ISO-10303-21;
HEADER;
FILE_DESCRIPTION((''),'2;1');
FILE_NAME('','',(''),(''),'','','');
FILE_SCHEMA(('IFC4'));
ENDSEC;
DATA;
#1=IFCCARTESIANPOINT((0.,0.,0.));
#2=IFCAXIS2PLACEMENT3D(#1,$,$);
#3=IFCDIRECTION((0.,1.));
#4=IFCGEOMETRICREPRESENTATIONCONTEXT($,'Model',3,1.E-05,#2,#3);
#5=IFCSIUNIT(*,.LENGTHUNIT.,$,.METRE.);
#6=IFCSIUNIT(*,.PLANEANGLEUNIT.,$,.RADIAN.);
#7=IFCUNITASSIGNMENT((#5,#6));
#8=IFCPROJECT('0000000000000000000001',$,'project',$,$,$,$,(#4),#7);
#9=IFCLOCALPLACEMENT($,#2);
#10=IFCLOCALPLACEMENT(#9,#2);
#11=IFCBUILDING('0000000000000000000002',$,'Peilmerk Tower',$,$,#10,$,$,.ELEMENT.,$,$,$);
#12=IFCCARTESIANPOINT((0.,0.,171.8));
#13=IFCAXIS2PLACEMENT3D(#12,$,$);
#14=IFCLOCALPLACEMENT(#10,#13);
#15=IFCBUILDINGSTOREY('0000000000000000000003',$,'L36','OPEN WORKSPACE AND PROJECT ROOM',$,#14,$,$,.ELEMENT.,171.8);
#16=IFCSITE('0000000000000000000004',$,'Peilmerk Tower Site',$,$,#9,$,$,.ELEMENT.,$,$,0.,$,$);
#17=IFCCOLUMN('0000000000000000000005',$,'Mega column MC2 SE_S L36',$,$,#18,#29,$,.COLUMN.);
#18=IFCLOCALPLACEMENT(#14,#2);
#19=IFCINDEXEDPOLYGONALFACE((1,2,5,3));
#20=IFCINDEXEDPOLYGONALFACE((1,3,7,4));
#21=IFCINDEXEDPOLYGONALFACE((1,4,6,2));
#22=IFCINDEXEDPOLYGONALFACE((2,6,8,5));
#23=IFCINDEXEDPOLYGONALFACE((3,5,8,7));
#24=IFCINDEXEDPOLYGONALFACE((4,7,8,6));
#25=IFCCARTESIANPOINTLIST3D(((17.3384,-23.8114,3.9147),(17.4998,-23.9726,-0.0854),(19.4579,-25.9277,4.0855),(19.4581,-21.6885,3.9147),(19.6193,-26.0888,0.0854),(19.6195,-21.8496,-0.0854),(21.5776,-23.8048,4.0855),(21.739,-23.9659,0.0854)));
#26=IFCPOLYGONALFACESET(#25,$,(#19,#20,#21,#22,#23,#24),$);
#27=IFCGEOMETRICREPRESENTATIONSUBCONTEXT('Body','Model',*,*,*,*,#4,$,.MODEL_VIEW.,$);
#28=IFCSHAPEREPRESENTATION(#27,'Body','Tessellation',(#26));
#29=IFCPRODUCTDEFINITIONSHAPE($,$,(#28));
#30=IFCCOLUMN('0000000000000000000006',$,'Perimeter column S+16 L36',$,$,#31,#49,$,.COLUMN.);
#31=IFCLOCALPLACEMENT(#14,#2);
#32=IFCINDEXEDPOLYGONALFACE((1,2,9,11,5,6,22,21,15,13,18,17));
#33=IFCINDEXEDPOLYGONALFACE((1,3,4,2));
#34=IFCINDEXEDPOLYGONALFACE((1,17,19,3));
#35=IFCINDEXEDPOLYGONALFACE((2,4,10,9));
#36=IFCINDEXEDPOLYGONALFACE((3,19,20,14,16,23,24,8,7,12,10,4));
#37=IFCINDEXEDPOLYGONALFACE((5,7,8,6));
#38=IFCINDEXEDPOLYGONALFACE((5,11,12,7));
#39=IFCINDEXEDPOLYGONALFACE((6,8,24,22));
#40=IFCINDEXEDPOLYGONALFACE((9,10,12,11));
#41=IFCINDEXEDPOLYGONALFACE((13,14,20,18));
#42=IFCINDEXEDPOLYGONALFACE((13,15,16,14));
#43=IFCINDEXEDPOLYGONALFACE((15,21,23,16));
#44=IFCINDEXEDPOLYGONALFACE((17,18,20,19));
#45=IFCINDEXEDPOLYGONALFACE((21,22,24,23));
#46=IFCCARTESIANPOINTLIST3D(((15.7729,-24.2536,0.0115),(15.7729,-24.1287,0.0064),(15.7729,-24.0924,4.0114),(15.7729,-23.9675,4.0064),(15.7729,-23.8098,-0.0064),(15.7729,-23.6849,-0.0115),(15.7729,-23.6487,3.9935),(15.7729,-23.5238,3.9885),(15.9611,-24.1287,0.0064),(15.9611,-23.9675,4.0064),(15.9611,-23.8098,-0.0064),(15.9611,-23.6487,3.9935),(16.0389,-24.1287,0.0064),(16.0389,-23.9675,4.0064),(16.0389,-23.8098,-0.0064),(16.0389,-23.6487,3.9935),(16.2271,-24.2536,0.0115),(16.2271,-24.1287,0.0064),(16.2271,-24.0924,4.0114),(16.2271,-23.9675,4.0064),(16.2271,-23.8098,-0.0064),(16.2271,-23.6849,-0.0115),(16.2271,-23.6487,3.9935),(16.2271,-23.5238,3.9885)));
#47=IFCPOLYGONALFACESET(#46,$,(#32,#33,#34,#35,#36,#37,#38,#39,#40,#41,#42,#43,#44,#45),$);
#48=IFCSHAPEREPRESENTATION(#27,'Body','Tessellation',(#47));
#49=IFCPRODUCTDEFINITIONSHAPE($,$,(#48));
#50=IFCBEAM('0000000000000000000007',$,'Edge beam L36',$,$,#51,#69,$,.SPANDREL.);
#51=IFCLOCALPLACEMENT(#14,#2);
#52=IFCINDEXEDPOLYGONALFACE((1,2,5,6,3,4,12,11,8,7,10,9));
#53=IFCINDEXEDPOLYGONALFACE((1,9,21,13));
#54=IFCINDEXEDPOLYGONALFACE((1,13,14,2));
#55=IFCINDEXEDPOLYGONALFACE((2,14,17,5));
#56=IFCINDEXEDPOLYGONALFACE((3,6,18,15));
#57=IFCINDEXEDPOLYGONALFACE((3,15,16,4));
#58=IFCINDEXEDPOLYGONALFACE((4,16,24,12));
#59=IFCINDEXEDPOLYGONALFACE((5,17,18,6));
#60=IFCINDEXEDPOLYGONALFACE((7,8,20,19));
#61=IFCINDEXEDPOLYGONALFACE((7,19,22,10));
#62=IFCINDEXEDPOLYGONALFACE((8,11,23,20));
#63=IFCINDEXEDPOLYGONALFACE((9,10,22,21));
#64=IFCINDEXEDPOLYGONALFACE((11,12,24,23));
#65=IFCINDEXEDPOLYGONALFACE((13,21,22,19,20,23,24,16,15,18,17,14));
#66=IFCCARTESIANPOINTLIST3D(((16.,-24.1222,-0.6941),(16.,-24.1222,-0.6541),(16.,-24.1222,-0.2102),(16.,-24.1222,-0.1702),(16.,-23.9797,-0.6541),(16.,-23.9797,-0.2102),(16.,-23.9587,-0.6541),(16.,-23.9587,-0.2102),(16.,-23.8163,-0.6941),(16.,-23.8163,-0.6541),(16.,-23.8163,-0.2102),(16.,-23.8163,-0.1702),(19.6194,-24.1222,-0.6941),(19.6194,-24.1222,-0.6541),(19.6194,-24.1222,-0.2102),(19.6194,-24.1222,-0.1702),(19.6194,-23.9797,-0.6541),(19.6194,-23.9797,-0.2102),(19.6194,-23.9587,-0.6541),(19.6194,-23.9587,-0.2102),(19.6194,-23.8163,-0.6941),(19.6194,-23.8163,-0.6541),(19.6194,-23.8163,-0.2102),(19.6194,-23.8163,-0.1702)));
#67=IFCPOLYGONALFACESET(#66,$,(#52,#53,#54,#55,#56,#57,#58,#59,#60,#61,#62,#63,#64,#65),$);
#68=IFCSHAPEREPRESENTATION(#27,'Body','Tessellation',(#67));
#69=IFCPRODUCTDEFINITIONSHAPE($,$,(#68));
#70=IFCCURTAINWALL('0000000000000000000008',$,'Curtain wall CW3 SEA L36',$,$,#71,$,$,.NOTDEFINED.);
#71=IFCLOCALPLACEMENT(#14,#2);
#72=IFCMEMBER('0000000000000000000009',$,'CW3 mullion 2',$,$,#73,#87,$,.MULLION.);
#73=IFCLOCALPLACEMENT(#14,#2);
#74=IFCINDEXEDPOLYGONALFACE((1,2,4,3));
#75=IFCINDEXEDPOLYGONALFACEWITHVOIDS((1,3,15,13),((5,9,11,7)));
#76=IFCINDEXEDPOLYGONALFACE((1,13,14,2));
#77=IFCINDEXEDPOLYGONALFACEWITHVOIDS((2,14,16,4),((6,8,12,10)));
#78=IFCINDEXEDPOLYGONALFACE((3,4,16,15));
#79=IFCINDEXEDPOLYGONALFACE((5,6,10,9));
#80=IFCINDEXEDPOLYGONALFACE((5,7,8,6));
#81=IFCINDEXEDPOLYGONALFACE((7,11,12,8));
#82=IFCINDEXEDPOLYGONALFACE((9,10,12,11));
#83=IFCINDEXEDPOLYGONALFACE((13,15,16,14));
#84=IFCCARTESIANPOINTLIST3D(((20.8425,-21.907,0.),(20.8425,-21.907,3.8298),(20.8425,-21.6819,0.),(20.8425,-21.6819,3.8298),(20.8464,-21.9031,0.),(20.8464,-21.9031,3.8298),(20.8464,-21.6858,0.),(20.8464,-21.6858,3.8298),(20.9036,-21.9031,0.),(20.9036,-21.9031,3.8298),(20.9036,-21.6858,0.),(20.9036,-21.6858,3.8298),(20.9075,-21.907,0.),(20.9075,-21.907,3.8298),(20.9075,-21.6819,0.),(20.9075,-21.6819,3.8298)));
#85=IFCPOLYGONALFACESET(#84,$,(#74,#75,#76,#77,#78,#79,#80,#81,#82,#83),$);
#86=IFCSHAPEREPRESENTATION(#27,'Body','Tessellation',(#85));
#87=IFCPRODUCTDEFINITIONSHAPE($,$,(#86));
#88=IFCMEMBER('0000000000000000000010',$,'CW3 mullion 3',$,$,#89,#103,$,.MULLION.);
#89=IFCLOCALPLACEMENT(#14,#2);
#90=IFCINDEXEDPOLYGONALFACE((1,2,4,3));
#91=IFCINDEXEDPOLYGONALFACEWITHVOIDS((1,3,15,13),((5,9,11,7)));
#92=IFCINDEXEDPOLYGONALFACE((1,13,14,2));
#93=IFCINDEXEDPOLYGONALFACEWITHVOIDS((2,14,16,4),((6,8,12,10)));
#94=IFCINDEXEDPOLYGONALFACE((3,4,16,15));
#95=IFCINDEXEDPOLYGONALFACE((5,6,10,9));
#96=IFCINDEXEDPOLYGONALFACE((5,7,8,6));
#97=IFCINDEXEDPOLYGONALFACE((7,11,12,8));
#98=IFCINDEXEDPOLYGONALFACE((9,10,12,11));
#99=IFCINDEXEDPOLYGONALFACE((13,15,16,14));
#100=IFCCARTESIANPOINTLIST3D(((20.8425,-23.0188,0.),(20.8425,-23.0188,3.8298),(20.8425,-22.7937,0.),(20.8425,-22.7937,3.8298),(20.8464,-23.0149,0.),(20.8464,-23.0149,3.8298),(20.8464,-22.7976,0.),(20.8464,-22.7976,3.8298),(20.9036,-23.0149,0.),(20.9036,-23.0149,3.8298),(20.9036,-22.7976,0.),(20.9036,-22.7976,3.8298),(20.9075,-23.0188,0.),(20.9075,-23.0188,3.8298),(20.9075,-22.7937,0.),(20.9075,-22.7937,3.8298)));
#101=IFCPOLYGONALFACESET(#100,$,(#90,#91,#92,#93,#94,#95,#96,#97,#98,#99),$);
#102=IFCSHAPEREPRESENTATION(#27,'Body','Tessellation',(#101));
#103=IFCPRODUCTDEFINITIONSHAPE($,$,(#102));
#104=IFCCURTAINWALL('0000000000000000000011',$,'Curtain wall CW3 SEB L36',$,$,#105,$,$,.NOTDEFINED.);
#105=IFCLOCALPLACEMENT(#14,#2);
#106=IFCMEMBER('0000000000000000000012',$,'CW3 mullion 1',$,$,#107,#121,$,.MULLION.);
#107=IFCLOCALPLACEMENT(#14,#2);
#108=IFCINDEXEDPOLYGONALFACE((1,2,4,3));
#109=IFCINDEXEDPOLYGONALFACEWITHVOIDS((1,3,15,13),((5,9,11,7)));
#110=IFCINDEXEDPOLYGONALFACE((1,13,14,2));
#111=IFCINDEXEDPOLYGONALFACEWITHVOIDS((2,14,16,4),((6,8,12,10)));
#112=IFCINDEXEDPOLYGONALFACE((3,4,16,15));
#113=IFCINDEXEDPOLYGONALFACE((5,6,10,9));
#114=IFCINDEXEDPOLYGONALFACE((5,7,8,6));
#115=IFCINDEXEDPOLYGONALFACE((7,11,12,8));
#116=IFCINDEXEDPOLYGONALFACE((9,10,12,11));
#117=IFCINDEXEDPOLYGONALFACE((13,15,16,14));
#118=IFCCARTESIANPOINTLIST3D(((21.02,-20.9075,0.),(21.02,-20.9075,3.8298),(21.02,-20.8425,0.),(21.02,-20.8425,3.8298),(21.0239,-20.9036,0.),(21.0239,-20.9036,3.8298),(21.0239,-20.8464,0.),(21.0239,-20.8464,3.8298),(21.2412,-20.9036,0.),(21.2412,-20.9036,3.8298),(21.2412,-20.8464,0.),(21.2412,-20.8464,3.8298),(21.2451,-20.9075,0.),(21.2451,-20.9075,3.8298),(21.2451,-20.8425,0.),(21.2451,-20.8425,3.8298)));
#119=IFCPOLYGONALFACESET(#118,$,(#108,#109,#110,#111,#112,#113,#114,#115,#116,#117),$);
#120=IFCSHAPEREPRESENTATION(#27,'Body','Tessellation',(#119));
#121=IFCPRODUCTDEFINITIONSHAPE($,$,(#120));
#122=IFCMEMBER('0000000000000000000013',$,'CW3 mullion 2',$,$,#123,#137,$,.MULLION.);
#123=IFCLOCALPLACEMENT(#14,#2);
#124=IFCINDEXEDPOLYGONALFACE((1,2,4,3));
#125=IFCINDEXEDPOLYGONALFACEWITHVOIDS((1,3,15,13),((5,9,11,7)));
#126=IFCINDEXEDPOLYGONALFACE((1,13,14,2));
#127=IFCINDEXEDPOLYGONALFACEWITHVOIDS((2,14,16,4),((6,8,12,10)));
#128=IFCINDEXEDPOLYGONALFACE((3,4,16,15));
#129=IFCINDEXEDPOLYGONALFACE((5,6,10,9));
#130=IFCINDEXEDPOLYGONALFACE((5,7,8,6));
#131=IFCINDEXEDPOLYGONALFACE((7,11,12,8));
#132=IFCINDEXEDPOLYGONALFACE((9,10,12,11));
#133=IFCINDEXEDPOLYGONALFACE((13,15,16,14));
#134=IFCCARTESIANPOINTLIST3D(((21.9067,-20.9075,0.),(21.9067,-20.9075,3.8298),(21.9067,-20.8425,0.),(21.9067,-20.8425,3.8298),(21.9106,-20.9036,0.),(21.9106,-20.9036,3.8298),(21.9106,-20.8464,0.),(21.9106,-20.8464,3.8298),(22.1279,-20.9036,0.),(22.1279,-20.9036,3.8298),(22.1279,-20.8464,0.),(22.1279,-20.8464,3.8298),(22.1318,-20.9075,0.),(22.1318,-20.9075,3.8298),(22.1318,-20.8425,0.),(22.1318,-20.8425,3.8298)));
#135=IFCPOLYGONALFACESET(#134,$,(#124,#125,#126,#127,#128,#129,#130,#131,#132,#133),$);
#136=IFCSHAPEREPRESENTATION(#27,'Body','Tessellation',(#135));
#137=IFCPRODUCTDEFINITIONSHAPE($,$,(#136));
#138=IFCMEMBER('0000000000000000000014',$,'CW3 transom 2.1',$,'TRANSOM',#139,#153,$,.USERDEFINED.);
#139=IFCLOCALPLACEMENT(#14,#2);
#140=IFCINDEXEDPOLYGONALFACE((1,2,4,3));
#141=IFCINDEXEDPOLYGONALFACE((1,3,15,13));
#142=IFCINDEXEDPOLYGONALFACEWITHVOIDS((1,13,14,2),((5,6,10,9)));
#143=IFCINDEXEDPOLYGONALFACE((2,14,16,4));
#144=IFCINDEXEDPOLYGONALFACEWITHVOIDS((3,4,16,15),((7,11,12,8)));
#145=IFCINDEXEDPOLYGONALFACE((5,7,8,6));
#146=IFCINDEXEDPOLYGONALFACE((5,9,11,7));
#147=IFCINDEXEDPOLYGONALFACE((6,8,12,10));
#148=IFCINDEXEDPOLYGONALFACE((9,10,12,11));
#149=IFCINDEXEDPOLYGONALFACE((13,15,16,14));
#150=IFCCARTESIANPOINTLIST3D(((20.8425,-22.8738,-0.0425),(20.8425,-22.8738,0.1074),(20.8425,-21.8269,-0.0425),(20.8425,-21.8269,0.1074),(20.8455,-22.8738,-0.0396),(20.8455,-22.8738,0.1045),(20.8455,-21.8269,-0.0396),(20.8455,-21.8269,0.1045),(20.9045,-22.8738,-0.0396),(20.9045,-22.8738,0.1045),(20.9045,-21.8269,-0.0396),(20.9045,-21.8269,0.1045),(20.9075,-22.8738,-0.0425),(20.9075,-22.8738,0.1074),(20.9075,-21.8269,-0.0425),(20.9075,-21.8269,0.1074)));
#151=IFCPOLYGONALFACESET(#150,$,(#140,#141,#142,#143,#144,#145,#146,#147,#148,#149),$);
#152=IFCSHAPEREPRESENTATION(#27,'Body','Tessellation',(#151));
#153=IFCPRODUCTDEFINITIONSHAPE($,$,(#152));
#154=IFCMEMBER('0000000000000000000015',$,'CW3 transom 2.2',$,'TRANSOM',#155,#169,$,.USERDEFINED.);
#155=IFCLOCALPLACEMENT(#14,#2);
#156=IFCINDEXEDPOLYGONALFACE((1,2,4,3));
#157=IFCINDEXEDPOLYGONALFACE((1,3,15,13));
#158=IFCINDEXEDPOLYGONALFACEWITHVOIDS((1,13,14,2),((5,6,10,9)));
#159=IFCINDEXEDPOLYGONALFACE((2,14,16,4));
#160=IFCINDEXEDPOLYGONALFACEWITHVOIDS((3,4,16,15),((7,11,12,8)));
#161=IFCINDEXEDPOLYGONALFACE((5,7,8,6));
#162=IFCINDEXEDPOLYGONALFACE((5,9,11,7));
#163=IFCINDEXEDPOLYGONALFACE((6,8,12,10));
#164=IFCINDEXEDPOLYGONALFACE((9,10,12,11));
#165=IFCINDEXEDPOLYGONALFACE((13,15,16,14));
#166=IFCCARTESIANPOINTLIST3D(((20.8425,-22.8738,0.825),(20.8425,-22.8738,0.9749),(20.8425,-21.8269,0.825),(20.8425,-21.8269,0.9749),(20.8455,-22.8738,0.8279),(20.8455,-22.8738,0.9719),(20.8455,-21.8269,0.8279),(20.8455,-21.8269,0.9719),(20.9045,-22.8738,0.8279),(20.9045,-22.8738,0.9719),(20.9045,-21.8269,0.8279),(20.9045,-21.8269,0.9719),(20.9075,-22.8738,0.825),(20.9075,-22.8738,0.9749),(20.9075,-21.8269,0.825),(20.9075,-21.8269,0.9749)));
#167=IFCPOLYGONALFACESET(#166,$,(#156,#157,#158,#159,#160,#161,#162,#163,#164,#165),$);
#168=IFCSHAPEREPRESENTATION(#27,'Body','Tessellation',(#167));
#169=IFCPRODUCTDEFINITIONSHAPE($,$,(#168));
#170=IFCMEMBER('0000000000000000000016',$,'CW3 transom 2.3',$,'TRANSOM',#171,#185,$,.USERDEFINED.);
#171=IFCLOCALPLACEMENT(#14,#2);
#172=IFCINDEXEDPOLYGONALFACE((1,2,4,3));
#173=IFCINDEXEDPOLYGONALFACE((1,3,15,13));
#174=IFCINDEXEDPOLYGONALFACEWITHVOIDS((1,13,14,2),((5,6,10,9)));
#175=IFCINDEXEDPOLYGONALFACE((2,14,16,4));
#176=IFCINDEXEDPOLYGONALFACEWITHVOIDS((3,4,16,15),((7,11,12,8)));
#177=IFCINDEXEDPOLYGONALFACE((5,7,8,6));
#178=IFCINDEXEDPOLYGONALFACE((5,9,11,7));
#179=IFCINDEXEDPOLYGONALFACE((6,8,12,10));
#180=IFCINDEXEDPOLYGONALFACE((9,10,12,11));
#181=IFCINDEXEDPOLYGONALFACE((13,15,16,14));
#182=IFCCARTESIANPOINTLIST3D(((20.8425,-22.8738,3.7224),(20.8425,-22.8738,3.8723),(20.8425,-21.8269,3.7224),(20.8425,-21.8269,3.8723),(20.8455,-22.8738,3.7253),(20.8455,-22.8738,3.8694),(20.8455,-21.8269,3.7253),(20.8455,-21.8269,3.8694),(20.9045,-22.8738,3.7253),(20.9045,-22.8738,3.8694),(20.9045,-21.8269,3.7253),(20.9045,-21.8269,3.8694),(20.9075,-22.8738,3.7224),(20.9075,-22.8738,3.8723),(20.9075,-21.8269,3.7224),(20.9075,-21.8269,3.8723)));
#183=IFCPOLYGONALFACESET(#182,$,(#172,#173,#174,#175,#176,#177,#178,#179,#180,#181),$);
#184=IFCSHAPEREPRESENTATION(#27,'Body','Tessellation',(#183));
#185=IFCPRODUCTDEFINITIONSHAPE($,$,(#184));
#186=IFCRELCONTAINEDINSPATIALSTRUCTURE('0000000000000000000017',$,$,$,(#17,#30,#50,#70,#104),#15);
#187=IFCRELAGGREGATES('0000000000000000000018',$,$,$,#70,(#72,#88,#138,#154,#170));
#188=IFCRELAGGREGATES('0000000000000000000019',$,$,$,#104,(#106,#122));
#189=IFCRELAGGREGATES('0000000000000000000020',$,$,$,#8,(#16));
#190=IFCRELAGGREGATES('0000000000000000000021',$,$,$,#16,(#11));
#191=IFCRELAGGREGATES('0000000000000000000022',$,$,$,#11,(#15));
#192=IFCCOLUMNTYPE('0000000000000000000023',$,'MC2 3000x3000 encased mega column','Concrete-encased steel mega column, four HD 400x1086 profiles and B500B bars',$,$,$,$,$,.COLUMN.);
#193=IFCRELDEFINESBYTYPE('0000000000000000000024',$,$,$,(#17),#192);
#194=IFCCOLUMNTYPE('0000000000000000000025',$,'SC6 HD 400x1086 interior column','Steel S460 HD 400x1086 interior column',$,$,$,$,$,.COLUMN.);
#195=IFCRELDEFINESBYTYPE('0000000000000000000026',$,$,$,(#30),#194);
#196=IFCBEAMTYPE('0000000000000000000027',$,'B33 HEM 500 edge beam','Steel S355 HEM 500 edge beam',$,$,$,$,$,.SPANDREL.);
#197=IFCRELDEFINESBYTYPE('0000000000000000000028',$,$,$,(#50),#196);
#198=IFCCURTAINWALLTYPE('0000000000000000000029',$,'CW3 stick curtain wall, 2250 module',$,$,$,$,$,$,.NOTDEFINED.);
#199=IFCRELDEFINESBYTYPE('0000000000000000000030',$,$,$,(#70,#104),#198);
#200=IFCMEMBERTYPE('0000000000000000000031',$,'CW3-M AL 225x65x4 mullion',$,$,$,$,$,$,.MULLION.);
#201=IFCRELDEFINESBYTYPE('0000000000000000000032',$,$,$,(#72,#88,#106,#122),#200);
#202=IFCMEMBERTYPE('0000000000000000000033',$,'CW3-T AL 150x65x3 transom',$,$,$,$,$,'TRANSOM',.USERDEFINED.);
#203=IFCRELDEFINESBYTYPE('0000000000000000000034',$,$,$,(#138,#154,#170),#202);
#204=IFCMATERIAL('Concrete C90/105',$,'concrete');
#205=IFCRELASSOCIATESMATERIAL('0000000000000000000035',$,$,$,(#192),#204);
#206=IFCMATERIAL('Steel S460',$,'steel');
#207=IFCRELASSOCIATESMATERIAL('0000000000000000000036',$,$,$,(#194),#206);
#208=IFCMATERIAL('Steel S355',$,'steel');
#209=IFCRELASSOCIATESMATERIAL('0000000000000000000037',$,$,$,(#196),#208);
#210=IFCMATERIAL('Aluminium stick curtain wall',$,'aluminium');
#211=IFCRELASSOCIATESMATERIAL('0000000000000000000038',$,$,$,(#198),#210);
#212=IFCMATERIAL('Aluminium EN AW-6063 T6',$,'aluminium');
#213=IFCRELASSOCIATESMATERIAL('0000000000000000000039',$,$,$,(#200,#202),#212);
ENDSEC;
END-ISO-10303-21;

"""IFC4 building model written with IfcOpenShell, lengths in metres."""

from ifc_helpers import new_model, si_unit, direction, frame, origin, origin_2d, place, context, subcontext, project, spatial, rectangle, hollow_rectangle, i_section, extrude, material, material_profile, profile_set, type_object, element, aggregate, save


model = new_model("IFC4")

# Units and contexts
model_context = context("Model", 3, precision=1e-05, world=origin(), true_north=direction((0.0, 1.0)))
body_context = subcontext(model_context, "Body", "Model", "MODEL_VIEW")
ifc_project = project(units=[si_unit("LENGTHUNIT", "METRE"), si_unit("PLANEANGLEUNIT", "RADIAN")], contexts=[model_context])

# Site, building, storey
site_placement = place(None, origin())
site = spatial("IfcSite", under=ifc_project, at=site_placement, Name="Peilmerk Tower Site", CompositionType="ELEMENT", RefElevation=0.0)
building_placement = place(site_placement, origin())
building = spatial("IfcBuilding", under=site, at=building_placement, Name="Peilmerk Tower", CompositionType="ELEMENT")
storey_placement = place(building_placement, frame((0.0, 0.0, 171.8)))
storey = spatial("IfcBuildingStorey", under=building, at=storey_placement, Name="L36", Description="OPEN WORKSPACE AND PROJECT ROOM", CompositionType="ELEMENT", Elevation=171.8)

# Columns
ifc_material_1 = material(Name="Concrete C90/105", Category="concrete")
ifc_material_profile_1 = material_profile(ifc_material_1, rectangle(XDim=3.0, YDim=3.0, at=origin_2d()), Name="RC 3000x3000")
ifc_profile_set_1 = profile_set([ifc_material_profile_1], Name="Concrete C90/105")
column_type_1 = type_object("IfcColumnType", Name="MC2 3000x3000 encased mega column", Description="Concrete-encased steel mega column, four HD 400x1086 profiles and B500B bars", PredefinedType="COLUMN", material=ifc_profile_set_1)
column_1_placement = place(storey_placement, frame((19.6194, -23.9692, 0.0), z_axis=(-0.040279, 0.040218, 0.998379), x_axis=(-0.706571, -0.707642, 0.0)))
element("IfcColumn", 1, at=column_1_placement, inside=storey, type_object=column_type_1, Name="Mega column MC2 SE_S L36", PredefinedType="COLUMN", context=body_context, shape_type="SweptSolid", body=[
    extrude(rectangle(XDim=3.0, YDim=3.0, at=origin_2d()), origin(), (0.0, 0.0, 1.0), 4.0066),
])
ifc_material_2 = material(Name="Steel S460", Category="steel")
ifc_material_profile_2 = material_profile(ifc_material_2, i_section(OverallWidth=0.4541, OverallDepth=0.5691, WebThickness=0.0779, FlangeThickness=0.125, at=origin_2d()), Name="HD 400x1086")
ifc_profile_set_2 = profile_set([ifc_material_profile_2], Name="Steel S460")
column_type_2 = type_object("IfcColumnType", Name="SC6 HD 400x1086 interior column", Description="Steel S460 HD 400x1086 interior column", PredefinedType="COLUMN", material=ifc_profile_set_2)
column_2_placement = place(storey_placement, frame((16.0, -23.9692, 0.0), z_axis=(0.0, 0.040251, 0.99919), x_axis=(-1.0, 0.0, 0.0)))
element("IfcColumn", 2, at=column_2_placement, inside=storey, type_object=column_type_2, Name="Perimeter column S+16 L36", PredefinedType="COLUMN", context=body_context, shape_type="SweptSolid", body=[
    extrude(i_section(OverallWidth=0.4541, OverallDepth=0.5691, WebThickness=0.0779, FlangeThickness=0.125, at=origin_2d()), origin(), (0.0, 0.0, 1.0), 4.0032),
])

# Beam
ifc_material_3 = material(Name="Steel S355", Category="steel")
ifc_material_profile_3 = material_profile(ifc_material_3, i_section(OverallWidth=0.3059, OverallDepth=0.5239, WebThickness=0.021, FlangeThickness=0.04, at=origin_2d()), Name="HEM 500")
ifc_profile_set_3 = profile_set([ifc_material_profile_3], Name="Steel S355")
beam_type = type_object("IfcBeamType", Name="B33 HEM 500 edge beam", Description="Steel S355 HEM 500 edge beam", PredefinedType="SPANDREL", material=ifc_profile_set_3)
beam_placement = place(storey_placement, frame((16.0, -23.9692, -0.4321), z_axis=(1.0, 0.0, 0.0), x_axis=(0.0, 1.0, 0.0)))
element("IfcBeam", 3, at=beam_placement, inside=storey, type_object=beam_type, Name="Edge beam L36", PredefinedType="SPANDREL", context=body_context, shape_type="SweptSolid", body=[
    extrude(i_section(OverallWidth=0.3059, OverallDepth=0.5239, WebThickness=0.021, FlangeThickness=0.04, at=origin_2d()), origin(), (0.0, 0.0, 1.0), 3.6194),
])

# Curtain walls, members
ifc_material_4 = material(Name="Aluminium stick curtain wall", Category="aluminium")
curtain_wall_type = type_object("IfcCurtainWallType", Name="CW3 stick curtain wall, 2250 module", PredefinedType="NOTDEFINED", material=ifc_material_4)
curtain_wall_1_placement = place(storey_placement, origin())
curtain_wall_1 = element("IfcCurtainWall", 4, at=curtain_wall_1_placement, inside=storey, type_object=curtain_wall_type, Name="Curtain wall CW3 SEA L36", PredefinedType="NOTDEFINED")
ifc_material_5 = material(Name="Aluminium EN AW-6063 T6", Category="aluminium")
ifc_material_profile_4 = material_profile(ifc_material_5, hollow_rectangle(XDim=0.0649, YDim=0.2251, WallThickness=0.0039, at=origin_2d()), Name="AL 225x65x4")
ifc_profile_set_4 = profile_set([ifc_material_profile_4], Name="Aluminium EN AW-6063 T6")
member_type_1 = type_object("IfcMemberType", Name="CW3-M AL 225x65x4 mullion", PredefinedType="MULLION", material=ifc_profile_set_4)
member_1_placement = place(storey_placement, frame((20.875, -21.7944, 0.0), z_axis=(0.0, 0.0, 1.0), x_axis=(1.0, 0.0, 0.0)))
member_1 = element("IfcMember", 5, at=member_1_placement, type_object=member_type_1, Name="CW3 mullion 2", PredefinedType="MULLION", context=body_context, shape_type="SweptSolid", body=[
    extrude(hollow_rectangle(XDim=0.0649, YDim=0.2251, WallThickness=0.0039, at=origin_2d()), origin(), (0.0, 0.0, 1.0), 3.8298),
])
member_2_placement = place(storey_placement, frame((20.875, -22.9062, 0.0), z_axis=(0.0, 0.0, 1.0), x_axis=(1.0, 0.0, 0.0)))
member_2 = element("IfcMember", 6, at=member_2_placement, type_object=member_type_1, Name="CW3 mullion 3", PredefinedType="MULLION", context=body_context, shape_type="SweptSolid", body=[
    extrude(hollow_rectangle(XDim=0.0649, YDim=0.2251, WallThickness=0.0039, at=origin_2d()), origin(), (0.0, 0.0, 1.0), 3.8298),
])
curtain_wall_2_placement = place(storey_placement, origin())
curtain_wall_2 = element("IfcCurtainWall", 7, at=curtain_wall_2_placement, inside=storey, type_object=curtain_wall_type, Name="Curtain wall CW3 SEB L36", PredefinedType="NOTDEFINED")
member_3_placement = place(storey_placement, frame((21.1326, -20.875, 0.0), z_axis=(0.0, 0.0, 1.0), x_axis=(0.0, 1.0, 0.0)))
member_3 = element("IfcMember", 8, at=member_3_placement, type_object=member_type_1, Name="CW3 mullion 1", PredefinedType="MULLION", context=body_context, shape_type="SweptSolid", body=[
    extrude(hollow_rectangle(XDim=0.0649, YDim=0.2251, WallThickness=0.0039, at=origin_2d()), origin(), (0.0, 0.0, 1.0), 3.8298),
])
member_4_placement = place(storey_placement, frame((22.0193, -20.875, 0.0), z_axis=(0.0, 0.0, 1.0), x_axis=(0.0, 1.0, 0.0)))
member_4 = element("IfcMember", 9, at=member_4_placement, type_object=member_type_1, Name="CW3 mullion 2", PredefinedType="MULLION", context=body_context, shape_type="SweptSolid", body=[
    extrude(hollow_rectangle(XDim=0.0649, YDim=0.2251, WallThickness=0.0039, at=origin_2d()), origin(), (0.0, 0.0, 1.0), 3.8298),
])

# Members
ifc_material_profile_5 = material_profile(ifc_material_5, hollow_rectangle(XDim=0.0649, YDim=0.1499, WallThickness=0.0029, at=origin_2d()), Name="AL 150x65x3")
ifc_profile_set_5 = profile_set([ifc_material_profile_5], Name="Aluminium EN AW-6063 T6")
member_type_2 = type_object("IfcMemberType", Name="CW3-T AL 150x65x3 transom", ElementType="TRANSOM", PredefinedType="USERDEFINED", material=ifc_profile_set_5)
member_5_placement = place(storey_placement, frame((20.875, -21.8269, 0.0325), z_axis=(0.0, -1.0, 0.0), x_axis=(1.0, 0.0, 0.0)))
member_5 = element("IfcMember", 10, at=member_5_placement, type_object=member_type_2, Name="CW3 transom 2.1", ObjectType="TRANSOM", PredefinedType="USERDEFINED", context=body_context, shape_type="SweptSolid", body=[
    extrude(hollow_rectangle(XDim=0.0649, YDim=0.1499, WallThickness=0.0029, at=origin_2d()), origin(), (0.0, 0.0, 1.0), 1.0469),
])
member_6_placement = place(storey_placement, frame((20.875, -21.8269, 0.8999), z_axis=(0.0, -1.0, 0.0), x_axis=(1.0, 0.0, 0.0)))
member_6 = element("IfcMember", 11, at=member_6_placement, type_object=member_type_2, Name="CW3 transom 2.2", ObjectType="TRANSOM", PredefinedType="USERDEFINED", context=body_context, shape_type="SweptSolid", body=[
    extrude(hollow_rectangle(XDim=0.0649, YDim=0.1499, WallThickness=0.0029, at=origin_2d()), origin(), (0.0, 0.0, 1.0), 1.0469),
])
member_7_placement = place(storey_placement, frame((20.875, -21.8269, 3.7974), z_axis=(0.0, -1.0, 0.0), x_axis=(1.0, 0.0, 0.0)))
member_7 = element("IfcMember", 12, at=member_7_placement, type_object=member_type_2, Name="CW3 transom 2.3", ObjectType="TRANSOM", PredefinedType="USERDEFINED", context=body_context, shape_type="SweptSolid", body=[
    extrude(hollow_rectangle(XDim=0.0649, YDim=0.1499, WallThickness=0.0029, at=origin_2d()), origin(), (0.0, 0.0, 1.0), 1.0469),
])

aggregate(curtain_wall_1, [member_1, member_2, member_5, member_6, member_7])
aggregate(curtain_wall_2, [member_3, member_4])

save(model, "model.ifc")
